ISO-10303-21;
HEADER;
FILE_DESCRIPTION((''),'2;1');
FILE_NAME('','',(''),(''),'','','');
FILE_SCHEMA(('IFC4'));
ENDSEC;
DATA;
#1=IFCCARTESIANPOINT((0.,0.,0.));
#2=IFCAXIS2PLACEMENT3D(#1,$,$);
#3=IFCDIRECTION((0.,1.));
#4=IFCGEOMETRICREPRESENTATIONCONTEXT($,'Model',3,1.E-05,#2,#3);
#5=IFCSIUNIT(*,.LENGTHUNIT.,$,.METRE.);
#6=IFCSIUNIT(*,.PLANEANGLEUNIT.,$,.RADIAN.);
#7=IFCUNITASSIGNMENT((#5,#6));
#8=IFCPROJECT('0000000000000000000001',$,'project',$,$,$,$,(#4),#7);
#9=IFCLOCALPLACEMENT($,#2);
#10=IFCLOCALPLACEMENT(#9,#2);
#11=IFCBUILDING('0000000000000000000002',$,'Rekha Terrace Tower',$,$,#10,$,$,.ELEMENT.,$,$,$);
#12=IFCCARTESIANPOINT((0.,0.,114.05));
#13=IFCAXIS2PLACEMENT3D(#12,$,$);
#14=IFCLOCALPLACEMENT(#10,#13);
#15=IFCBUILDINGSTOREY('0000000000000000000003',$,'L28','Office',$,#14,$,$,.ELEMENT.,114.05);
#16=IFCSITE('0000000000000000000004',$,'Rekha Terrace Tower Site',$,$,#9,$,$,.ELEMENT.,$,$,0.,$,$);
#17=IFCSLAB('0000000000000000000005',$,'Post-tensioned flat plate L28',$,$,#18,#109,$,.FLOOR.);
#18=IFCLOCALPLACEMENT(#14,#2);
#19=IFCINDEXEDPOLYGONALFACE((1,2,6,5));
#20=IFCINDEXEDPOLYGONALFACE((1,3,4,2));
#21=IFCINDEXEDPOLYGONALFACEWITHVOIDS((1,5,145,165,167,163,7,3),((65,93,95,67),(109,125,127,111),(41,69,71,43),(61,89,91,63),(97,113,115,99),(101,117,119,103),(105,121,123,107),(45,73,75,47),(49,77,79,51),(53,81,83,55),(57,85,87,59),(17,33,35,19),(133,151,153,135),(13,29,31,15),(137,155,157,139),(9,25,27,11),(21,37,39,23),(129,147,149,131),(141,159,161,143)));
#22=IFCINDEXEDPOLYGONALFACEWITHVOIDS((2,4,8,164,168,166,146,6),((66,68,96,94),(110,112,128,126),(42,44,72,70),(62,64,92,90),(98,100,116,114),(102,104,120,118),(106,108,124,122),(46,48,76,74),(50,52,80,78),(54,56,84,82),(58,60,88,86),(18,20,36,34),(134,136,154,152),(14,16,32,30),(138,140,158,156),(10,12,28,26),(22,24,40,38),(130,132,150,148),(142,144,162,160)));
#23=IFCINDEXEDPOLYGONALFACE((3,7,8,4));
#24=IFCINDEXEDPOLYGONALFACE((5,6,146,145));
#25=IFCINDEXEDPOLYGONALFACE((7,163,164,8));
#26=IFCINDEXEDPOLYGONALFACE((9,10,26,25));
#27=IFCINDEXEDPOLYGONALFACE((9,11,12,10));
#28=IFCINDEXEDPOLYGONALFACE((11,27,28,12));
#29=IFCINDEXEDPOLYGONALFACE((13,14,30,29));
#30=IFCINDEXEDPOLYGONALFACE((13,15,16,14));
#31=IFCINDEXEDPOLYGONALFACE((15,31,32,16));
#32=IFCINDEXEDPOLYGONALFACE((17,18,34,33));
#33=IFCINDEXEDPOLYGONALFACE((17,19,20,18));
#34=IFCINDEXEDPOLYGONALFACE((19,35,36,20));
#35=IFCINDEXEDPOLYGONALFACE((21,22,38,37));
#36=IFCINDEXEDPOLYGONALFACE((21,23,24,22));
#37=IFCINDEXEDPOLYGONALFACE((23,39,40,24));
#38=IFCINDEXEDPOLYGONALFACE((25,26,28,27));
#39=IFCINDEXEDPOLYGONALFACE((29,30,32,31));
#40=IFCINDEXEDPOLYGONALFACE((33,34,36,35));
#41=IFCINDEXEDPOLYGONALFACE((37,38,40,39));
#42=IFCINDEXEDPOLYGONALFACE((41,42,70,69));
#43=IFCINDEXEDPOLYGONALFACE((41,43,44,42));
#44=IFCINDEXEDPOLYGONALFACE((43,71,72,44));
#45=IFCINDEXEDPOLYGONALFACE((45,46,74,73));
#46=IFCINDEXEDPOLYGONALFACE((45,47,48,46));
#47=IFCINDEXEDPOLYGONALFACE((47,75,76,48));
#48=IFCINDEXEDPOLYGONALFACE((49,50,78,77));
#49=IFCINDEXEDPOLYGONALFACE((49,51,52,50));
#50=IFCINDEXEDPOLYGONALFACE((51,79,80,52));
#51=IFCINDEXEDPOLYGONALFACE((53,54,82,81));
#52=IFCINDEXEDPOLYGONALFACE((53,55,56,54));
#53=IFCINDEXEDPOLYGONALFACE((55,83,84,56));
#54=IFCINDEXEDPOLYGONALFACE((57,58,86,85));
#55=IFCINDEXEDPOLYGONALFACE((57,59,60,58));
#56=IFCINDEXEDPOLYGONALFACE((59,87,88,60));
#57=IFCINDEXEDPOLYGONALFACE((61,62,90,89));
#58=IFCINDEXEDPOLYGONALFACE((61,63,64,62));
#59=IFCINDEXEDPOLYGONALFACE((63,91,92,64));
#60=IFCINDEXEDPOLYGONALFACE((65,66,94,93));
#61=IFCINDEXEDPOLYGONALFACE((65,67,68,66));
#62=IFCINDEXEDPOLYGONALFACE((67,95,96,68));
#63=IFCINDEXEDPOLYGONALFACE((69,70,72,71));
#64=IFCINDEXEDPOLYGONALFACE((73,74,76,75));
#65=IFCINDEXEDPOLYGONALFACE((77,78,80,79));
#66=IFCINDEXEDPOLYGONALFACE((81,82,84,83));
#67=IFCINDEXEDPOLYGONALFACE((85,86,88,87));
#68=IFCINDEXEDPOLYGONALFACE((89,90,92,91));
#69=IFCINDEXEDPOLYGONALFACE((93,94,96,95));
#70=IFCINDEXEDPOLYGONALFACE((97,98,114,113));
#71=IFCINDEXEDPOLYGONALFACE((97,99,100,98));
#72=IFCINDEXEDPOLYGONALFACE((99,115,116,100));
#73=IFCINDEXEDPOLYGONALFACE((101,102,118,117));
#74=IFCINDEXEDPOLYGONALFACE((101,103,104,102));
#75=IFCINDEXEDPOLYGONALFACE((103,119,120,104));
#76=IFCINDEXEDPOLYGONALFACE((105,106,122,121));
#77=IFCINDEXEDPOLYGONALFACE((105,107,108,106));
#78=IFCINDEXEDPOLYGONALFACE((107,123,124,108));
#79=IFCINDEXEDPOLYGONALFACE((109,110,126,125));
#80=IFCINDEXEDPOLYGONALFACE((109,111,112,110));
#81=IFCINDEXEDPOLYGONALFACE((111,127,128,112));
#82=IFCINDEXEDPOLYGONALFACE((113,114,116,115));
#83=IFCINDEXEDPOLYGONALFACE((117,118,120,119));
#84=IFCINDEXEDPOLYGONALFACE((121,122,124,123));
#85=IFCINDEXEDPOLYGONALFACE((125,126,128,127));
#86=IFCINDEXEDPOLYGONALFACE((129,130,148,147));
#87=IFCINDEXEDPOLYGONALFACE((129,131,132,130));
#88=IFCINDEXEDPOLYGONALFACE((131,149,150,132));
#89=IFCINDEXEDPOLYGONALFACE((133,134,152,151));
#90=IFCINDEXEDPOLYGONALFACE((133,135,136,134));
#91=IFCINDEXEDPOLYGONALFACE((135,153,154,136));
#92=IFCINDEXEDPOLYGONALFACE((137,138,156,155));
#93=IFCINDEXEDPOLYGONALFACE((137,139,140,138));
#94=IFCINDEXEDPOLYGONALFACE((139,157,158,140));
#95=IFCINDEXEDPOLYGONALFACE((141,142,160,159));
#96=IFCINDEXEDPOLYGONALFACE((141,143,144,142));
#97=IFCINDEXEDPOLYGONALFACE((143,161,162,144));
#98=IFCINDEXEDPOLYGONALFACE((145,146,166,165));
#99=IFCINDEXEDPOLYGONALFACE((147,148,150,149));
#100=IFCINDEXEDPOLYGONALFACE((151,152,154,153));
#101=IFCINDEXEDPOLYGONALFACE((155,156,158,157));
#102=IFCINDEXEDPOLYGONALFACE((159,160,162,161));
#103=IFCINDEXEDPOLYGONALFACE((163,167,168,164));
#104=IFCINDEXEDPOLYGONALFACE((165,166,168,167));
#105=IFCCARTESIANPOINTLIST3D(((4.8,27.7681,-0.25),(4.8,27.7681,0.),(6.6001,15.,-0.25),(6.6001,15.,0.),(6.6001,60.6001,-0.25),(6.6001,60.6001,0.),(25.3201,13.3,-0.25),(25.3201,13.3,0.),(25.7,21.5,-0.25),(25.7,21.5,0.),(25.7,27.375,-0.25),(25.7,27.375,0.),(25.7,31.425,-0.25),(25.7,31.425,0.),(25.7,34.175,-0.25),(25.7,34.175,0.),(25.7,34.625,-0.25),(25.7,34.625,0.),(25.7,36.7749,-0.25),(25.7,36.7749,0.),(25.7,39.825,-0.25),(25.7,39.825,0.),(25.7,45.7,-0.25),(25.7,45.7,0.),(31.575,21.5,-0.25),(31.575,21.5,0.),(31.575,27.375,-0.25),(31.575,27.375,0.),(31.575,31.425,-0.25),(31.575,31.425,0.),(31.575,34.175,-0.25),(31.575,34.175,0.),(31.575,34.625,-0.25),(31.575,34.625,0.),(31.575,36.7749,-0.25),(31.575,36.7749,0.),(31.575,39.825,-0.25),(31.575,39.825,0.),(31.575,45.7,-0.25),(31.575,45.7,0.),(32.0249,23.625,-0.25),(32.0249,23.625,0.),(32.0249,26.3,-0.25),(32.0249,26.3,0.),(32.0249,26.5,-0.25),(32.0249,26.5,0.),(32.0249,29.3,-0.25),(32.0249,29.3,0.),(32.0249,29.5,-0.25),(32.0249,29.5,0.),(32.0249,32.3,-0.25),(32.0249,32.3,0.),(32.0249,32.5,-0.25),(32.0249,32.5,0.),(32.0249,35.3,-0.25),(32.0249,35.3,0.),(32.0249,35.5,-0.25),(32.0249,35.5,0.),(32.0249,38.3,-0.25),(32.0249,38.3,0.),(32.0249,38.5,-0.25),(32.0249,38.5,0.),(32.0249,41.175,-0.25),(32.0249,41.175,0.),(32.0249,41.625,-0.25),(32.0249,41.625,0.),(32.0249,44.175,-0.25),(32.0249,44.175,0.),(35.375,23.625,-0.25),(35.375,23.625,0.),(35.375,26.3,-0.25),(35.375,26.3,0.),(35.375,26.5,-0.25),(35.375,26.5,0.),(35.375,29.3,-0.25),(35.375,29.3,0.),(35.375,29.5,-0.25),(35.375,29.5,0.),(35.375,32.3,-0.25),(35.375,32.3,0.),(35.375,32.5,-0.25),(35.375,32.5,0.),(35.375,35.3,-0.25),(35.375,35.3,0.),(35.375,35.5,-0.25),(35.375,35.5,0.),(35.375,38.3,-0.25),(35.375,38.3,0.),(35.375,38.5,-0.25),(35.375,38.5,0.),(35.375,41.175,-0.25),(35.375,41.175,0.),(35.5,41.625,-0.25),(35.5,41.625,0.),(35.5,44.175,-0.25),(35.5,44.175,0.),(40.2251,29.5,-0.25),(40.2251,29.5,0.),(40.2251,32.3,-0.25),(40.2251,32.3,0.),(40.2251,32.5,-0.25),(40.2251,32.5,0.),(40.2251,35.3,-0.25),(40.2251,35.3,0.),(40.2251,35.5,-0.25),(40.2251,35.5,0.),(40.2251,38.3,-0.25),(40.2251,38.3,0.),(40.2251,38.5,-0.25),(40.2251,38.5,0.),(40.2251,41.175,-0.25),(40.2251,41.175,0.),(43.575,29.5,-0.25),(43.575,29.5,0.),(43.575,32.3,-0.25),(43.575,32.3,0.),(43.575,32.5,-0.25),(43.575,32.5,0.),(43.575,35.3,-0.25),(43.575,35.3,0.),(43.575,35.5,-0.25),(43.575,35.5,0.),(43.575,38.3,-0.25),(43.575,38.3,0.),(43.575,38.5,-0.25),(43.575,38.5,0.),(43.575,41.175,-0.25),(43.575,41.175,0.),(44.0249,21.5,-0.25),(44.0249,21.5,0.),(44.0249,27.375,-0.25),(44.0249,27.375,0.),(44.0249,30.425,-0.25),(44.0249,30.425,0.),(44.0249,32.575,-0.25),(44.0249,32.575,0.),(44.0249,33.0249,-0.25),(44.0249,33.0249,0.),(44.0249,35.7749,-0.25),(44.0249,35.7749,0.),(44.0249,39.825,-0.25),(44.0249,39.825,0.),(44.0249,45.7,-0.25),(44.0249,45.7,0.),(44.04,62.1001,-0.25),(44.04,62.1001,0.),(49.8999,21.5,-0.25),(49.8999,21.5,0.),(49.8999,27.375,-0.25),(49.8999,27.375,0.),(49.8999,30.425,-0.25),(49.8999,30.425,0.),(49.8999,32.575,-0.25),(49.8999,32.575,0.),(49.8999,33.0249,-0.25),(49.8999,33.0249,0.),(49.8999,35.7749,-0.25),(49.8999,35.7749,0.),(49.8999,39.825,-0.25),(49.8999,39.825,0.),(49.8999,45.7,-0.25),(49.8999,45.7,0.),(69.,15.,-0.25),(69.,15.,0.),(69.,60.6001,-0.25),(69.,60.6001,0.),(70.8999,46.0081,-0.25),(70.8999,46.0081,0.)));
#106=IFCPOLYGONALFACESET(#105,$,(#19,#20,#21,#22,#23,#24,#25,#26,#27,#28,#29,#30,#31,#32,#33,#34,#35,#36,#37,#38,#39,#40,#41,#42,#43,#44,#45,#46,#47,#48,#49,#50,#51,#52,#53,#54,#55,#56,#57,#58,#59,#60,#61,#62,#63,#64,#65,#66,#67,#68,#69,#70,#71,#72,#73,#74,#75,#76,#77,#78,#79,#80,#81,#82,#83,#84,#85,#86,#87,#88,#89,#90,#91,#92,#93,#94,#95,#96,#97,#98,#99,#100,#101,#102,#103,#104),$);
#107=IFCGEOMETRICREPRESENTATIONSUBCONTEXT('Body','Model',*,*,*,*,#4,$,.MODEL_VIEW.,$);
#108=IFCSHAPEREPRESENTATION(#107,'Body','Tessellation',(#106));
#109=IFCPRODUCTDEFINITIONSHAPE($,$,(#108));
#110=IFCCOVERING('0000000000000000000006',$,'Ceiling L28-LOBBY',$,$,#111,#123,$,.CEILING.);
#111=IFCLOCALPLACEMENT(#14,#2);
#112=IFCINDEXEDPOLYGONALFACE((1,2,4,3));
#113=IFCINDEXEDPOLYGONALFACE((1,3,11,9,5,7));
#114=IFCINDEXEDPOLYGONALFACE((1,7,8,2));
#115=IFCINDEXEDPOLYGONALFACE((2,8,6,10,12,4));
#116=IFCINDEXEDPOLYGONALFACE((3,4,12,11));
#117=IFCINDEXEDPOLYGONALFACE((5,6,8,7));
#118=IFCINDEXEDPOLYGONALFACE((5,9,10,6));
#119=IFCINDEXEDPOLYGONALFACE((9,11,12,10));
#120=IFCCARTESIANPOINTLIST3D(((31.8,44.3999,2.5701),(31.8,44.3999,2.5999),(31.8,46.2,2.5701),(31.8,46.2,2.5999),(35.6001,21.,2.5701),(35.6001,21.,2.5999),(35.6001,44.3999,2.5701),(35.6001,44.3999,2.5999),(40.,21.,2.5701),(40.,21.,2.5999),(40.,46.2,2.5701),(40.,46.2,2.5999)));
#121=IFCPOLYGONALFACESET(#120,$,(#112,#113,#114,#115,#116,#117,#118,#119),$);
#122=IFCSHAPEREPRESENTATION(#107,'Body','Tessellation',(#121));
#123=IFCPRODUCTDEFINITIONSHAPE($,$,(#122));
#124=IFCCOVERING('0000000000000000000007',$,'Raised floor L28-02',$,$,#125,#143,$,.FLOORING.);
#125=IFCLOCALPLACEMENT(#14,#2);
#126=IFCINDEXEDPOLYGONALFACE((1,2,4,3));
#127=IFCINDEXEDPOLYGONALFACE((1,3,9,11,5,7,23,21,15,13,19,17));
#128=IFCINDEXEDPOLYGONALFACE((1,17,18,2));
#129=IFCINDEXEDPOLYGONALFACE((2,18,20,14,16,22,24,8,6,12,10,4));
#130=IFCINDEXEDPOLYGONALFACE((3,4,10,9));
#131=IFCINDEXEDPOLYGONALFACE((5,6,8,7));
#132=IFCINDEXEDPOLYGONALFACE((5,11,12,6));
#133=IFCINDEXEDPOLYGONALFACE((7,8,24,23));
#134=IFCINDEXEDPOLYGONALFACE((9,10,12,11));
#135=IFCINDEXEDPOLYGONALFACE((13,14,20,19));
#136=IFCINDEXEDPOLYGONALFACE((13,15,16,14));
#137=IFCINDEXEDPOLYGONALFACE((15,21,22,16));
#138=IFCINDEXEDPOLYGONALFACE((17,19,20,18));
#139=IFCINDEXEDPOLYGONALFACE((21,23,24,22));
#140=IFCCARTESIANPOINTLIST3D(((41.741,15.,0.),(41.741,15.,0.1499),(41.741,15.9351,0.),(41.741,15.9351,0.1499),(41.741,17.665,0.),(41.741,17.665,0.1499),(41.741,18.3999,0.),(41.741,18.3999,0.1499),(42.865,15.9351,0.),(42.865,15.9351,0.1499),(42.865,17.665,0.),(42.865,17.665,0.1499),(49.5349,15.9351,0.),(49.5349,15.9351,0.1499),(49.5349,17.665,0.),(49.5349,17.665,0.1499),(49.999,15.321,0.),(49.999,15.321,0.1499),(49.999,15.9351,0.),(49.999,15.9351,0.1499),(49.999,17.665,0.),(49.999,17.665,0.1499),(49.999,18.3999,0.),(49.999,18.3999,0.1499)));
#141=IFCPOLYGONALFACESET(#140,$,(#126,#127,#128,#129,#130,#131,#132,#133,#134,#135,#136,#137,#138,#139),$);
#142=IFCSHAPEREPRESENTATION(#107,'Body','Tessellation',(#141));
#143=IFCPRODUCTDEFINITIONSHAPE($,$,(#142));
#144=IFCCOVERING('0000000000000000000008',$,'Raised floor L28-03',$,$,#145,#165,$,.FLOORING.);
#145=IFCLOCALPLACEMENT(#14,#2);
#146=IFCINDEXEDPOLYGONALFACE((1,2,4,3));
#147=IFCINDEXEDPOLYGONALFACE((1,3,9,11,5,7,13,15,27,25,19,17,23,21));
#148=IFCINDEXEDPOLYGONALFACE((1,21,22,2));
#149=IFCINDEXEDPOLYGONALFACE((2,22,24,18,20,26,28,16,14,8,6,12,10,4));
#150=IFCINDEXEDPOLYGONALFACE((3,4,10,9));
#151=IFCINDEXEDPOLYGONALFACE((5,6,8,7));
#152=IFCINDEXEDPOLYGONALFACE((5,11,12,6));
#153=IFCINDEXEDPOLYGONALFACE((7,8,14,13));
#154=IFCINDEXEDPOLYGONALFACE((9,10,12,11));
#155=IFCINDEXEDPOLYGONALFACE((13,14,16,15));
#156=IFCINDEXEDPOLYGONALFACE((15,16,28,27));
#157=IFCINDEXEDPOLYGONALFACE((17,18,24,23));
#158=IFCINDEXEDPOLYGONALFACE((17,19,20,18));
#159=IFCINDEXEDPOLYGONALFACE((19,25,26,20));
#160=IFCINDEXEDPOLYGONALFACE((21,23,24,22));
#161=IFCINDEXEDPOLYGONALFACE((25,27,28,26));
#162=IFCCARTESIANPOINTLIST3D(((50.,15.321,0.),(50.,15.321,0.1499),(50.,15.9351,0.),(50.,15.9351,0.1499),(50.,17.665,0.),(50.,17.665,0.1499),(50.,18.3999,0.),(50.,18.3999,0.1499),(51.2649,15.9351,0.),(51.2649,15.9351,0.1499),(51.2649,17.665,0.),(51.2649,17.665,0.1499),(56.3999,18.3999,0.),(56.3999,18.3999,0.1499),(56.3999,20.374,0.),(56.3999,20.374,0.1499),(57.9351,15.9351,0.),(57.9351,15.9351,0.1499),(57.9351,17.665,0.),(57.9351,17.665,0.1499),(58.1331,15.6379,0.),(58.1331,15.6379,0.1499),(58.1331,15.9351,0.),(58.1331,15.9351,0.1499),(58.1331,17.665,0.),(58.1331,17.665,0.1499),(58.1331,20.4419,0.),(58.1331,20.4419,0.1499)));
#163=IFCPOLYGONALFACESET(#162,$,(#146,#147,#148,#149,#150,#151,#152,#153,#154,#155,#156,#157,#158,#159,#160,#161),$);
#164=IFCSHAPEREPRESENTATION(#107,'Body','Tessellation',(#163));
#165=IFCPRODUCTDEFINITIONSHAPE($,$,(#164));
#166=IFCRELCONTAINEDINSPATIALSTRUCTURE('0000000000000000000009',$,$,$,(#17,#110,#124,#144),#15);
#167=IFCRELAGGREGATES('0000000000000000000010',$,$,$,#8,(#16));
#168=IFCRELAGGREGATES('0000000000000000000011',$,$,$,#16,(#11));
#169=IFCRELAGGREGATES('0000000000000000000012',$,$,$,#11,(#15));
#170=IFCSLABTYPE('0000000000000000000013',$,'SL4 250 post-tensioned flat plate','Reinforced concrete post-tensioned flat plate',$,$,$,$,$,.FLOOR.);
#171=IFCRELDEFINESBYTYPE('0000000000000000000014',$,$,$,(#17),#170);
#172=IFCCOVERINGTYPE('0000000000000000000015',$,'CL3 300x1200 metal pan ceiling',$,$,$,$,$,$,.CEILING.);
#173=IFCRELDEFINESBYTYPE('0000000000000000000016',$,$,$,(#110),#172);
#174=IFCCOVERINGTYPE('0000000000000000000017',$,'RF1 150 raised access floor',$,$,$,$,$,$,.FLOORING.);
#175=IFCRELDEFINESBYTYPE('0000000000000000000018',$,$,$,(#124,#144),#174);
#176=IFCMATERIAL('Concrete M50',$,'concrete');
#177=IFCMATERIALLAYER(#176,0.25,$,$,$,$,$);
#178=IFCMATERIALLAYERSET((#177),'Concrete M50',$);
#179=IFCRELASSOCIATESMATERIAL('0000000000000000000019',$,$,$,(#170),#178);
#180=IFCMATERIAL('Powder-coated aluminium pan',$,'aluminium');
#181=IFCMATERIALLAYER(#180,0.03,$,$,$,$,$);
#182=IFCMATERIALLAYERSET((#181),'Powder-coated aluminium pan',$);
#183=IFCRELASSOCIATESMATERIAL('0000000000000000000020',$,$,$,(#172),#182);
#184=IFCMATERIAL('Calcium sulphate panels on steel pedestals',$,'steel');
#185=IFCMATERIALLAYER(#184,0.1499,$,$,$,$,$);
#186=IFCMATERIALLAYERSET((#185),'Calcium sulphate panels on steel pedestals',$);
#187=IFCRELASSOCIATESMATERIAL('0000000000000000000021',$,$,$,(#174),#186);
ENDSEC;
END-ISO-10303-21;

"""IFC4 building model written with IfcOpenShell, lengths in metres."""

from ifc_helpers import new_model, si_unit, direction, frame, origin, place, context, subcontext, project, spatial, polyline, outline, extrude, material, layer, layer_set, type_object, element, save


model = new_model("IFC4")

# Units and contexts
model_context = context("Model", 3, precision=1e-05, world=origin(), true_north=direction((0.0, 1.0)))
body_context = subcontext(model_context, "Body", "Model", "MODEL_VIEW")
ifc_project = project(units=[si_unit("LENGTHUNIT", "METRE"), si_unit("PLANEANGLEUNIT", "RADIAN")], contexts=[model_context])

# Site, building, storey
site_placement = place(None, origin())
site = spatial("IfcSite", under=ifc_project, at=site_placement, Name="Rekha Terrace Tower Site", CompositionType="ELEMENT", RefElevation=0.0)
building_placement = place(site_placement, origin())
building = spatial("IfcBuilding", under=site, at=building_placement, Name="Rekha Terrace Tower", CompositionType="ELEMENT")
storey_placement = place(building_placement, frame((0.0, 0.0, 114.05)))
storey = spatial("IfcBuildingStorey", under=building, at=storey_placement, Name="L28", Description="Office", CompositionType="ELEMENT", Elevation=114.05)

# Slab
ifc_material_1 = material(Name="Concrete M50", Category="concrete")
ifc_layer_1 = layer(ifc_material_1, 0.25)
ifc_layer_set_1 = layer_set([ifc_layer_1], Name="Concrete M50")
slab_type_1 = type_object("IfcSlabType", Name="SL4 250 post-tensioned flat plate", Description="Reinforced concrete post-tensioned flat plate", PredefinedType="FLOOR", material=ifc_layer_set_1)
slab_1_placement = place(storey_placement, frame((0.0, 0.0, -0.25)))
element("IfcSlab", 1, at=slab_1_placement, inside=storey, type_object=slab_type_1, Name="Post-tensioned flat plate L28", PredefinedType="FLOOR", context=body_context, shape_type="SweptSolid", body=[
    extrude(outline(polyline([(4.8, 27.7681), (6.6001, 15.0), (25.3201, 13.3), (69.0, 15.0), (70.8999, 46.0081), (69.0, 60.6001), (44.04, 62.1001), (6.6001, 60.6001), (4.8, 27.7681)]), holes=[polyline([(31.575, 27.375), (31.575, 21.5), (25.7, 21.5), (25.7, 27.375), (31.575, 27.375)]), polyline([(35.375, 26.3), (35.375, 23.625), (32.0249, 23.625), (32.0249, 26.3), (35.375, 26.3)]), polyline([(35.375, 29.3), (35.375, 26.5), (32.0249, 26.5), (32.0249, 29.3), (35.375, 29.3)]), polyline([(35.375, 32.3), (35.375, 29.5), (32.0249, 29.5), (32.0249, 32.3), (35.375, 32.3)]), polyline([(31.575, 34.175), (31.575, 31.425), (25.7, 31.425), (25.7, 34.175), (31.575, 34.175)]), polyline([(35.375, 35.3), (35.375, 32.5), (32.0249, 32.5), (32.0249, 35.3), (35.375, 35.3)]), polyline([(31.575, 36.7749), (31.575, 34.625), (25.7, 34.625), (25.7, 36.7749), (31.575, 36.7749)]), polyline([(35.375, 35.5), (32.0249, 35.5), (32.0249, 38.3), (35.375, 38.3), (35.375, 35.5)]), polyline([(35.375, 38.5), (32.0249, 38.5), (32.0249, 41.175), (35.375, 41.175), (35.375, 38.5)]), polyline([(31.575, 45.7), (31.575, 39.825), (25.7, 39.825), (25.7, 45.7), (31.575, 45.7)]), polyline([(49.8999, 27.375), (49.8999, 21.5), (44.0249, 21.5), (44.0249, 27.375), (49.8999, 27.375)]), polyline([(43.575, 32.3), (43.575, 29.5), (40.2251, 29.5), (40.2251, 32.3), (43.575, 32.3)]), polyline([(49.8999, 30.425), (44.0249, 30.425), (44.0249, 32.575), (49.8999, 32.575), (49.8999, 30.425)]), polyline([(43.575, 32.5), (40.2251, 32.5), (40.2251, 35.3), (43.575, 35.3), (43.575, 32.5)]), polyline([(49.8999, 35.7749), (49.8999, 33.0249), (44.0249, 33.0249), (44.0249, 35.7749), (49.8999, 35.7749)]), polyline([(43.575, 38.3), (43.575, 35.5), (40.2251, 35.5), (40.2251, 38.3), (43.575, 38.3)]), polyline([(43.575, 41.175), (43.575, 38.5), (40.2251, 38.5), (40.2251, 41.175), (43.575, 41.175)]), polyline([(49.8999, 39.825), (44.0249, 39.825), (44.0249, 45.7), (49.8999, 45.7), (49.8999, 39.825)]), polyline([(35.5, 41.625), (32.0249, 41.625), (32.0249, 44.175), (35.5, 44.175), (35.5, 41.625)])]), origin(), (0.0, 0.0, 1.0), 0.25),
])

# Coverings
ifc_material_2 = material(Name="Powder-coated aluminium pan", Category="aluminium")
ifc_layer_2 = layer(ifc_material_2, 0.03)
ifc_layer_set_2 = layer_set([ifc_layer_2], Name="Powder-coated aluminium pan")
covering_type_1 = type_object("IfcCoveringType", Name="CL3 300x1200 metal pan ceiling", PredefinedType="CEILING", material=ifc_layer_set_2)
covering_1_placement = place(storey_placement, frame((0.0, 0.0, 2.5701)))
element("IfcCovering", 2, at=covering_1_placement, inside=storey, type_object=covering_type_1, Name="Ceiling L28-LOBBY", PredefinedType="CEILING", context=body_context, shape_type="SweptSolid", body=[
    extrude(outline(polyline([(35.6001, 44.3999), (35.6001, 21.0), (40.0, 21.0), (40.0, 46.2), (31.8, 46.2), (31.8, 44.3999), (35.6001, 44.3999)])), origin(), (0.0, 0.0, 1.0), 0.0298),
])
ifc_material_3 = material(Name="Calcium sulphate panels on steel pedestals", Category="steel")
ifc_layer_3 = layer(ifc_material_3, 0.1499)
ifc_layer_set_3 = layer_set([ifc_layer_3], Name="Calcium sulphate panels on steel pedestals")
covering_type_2 = type_object("IfcCoveringType", Name="RF1 150 raised access floor", PredefinedType="FLOORING", material=ifc_layer_set_3)
covering_2_placement = place(storey_placement, origin())
element("IfcCovering", 3, at=covering_2_placement, inside=storey, type_object=covering_type_2, Name="Raised floor L28-02", PredefinedType="FLOORING", context=body_context, shape_type="SweptSolid", body=[
    extrude(outline(polyline([(41.741, 15.9351), (41.741, 15.0), (49.999, 15.321), (49.999, 15.9351), (49.5349, 15.9351), (49.5349, 17.665), (49.999, 17.665), (49.999, 18.3999), (41.741, 18.3999), (41.741, 17.665), (42.865, 17.665), (42.865, 15.9351), (41.741, 15.9351)])), origin(), (0.0, 0.0, 1.0), 0.1499),
])
covering_3_placement = place(storey_placement, origin())
element("IfcCovering", 4, at=covering_3_placement, inside=storey, type_object=covering_type_2, Name="Raised floor L28-03", PredefinedType="FLOORING", context=body_context, shape_type="SweptSolid", body=[
    extrude(outline(polyline([(58.1331, 17.665), (58.1331, 20.4419), (56.3999, 20.374), (56.3999, 18.3999), (50.0, 18.3999), (50.0, 17.665), (51.2649, 17.665), (51.2649, 15.9351), (50.0, 15.9351), (50.0, 15.321), (58.1331, 15.6379), (58.1331, 15.9351), (57.9351, 15.9351), (57.9351, 17.665), (58.1331, 17.665)])), origin(), (0.0, 0.0, 1.0), 0.1499),
])

save(model, "model.ifc")
